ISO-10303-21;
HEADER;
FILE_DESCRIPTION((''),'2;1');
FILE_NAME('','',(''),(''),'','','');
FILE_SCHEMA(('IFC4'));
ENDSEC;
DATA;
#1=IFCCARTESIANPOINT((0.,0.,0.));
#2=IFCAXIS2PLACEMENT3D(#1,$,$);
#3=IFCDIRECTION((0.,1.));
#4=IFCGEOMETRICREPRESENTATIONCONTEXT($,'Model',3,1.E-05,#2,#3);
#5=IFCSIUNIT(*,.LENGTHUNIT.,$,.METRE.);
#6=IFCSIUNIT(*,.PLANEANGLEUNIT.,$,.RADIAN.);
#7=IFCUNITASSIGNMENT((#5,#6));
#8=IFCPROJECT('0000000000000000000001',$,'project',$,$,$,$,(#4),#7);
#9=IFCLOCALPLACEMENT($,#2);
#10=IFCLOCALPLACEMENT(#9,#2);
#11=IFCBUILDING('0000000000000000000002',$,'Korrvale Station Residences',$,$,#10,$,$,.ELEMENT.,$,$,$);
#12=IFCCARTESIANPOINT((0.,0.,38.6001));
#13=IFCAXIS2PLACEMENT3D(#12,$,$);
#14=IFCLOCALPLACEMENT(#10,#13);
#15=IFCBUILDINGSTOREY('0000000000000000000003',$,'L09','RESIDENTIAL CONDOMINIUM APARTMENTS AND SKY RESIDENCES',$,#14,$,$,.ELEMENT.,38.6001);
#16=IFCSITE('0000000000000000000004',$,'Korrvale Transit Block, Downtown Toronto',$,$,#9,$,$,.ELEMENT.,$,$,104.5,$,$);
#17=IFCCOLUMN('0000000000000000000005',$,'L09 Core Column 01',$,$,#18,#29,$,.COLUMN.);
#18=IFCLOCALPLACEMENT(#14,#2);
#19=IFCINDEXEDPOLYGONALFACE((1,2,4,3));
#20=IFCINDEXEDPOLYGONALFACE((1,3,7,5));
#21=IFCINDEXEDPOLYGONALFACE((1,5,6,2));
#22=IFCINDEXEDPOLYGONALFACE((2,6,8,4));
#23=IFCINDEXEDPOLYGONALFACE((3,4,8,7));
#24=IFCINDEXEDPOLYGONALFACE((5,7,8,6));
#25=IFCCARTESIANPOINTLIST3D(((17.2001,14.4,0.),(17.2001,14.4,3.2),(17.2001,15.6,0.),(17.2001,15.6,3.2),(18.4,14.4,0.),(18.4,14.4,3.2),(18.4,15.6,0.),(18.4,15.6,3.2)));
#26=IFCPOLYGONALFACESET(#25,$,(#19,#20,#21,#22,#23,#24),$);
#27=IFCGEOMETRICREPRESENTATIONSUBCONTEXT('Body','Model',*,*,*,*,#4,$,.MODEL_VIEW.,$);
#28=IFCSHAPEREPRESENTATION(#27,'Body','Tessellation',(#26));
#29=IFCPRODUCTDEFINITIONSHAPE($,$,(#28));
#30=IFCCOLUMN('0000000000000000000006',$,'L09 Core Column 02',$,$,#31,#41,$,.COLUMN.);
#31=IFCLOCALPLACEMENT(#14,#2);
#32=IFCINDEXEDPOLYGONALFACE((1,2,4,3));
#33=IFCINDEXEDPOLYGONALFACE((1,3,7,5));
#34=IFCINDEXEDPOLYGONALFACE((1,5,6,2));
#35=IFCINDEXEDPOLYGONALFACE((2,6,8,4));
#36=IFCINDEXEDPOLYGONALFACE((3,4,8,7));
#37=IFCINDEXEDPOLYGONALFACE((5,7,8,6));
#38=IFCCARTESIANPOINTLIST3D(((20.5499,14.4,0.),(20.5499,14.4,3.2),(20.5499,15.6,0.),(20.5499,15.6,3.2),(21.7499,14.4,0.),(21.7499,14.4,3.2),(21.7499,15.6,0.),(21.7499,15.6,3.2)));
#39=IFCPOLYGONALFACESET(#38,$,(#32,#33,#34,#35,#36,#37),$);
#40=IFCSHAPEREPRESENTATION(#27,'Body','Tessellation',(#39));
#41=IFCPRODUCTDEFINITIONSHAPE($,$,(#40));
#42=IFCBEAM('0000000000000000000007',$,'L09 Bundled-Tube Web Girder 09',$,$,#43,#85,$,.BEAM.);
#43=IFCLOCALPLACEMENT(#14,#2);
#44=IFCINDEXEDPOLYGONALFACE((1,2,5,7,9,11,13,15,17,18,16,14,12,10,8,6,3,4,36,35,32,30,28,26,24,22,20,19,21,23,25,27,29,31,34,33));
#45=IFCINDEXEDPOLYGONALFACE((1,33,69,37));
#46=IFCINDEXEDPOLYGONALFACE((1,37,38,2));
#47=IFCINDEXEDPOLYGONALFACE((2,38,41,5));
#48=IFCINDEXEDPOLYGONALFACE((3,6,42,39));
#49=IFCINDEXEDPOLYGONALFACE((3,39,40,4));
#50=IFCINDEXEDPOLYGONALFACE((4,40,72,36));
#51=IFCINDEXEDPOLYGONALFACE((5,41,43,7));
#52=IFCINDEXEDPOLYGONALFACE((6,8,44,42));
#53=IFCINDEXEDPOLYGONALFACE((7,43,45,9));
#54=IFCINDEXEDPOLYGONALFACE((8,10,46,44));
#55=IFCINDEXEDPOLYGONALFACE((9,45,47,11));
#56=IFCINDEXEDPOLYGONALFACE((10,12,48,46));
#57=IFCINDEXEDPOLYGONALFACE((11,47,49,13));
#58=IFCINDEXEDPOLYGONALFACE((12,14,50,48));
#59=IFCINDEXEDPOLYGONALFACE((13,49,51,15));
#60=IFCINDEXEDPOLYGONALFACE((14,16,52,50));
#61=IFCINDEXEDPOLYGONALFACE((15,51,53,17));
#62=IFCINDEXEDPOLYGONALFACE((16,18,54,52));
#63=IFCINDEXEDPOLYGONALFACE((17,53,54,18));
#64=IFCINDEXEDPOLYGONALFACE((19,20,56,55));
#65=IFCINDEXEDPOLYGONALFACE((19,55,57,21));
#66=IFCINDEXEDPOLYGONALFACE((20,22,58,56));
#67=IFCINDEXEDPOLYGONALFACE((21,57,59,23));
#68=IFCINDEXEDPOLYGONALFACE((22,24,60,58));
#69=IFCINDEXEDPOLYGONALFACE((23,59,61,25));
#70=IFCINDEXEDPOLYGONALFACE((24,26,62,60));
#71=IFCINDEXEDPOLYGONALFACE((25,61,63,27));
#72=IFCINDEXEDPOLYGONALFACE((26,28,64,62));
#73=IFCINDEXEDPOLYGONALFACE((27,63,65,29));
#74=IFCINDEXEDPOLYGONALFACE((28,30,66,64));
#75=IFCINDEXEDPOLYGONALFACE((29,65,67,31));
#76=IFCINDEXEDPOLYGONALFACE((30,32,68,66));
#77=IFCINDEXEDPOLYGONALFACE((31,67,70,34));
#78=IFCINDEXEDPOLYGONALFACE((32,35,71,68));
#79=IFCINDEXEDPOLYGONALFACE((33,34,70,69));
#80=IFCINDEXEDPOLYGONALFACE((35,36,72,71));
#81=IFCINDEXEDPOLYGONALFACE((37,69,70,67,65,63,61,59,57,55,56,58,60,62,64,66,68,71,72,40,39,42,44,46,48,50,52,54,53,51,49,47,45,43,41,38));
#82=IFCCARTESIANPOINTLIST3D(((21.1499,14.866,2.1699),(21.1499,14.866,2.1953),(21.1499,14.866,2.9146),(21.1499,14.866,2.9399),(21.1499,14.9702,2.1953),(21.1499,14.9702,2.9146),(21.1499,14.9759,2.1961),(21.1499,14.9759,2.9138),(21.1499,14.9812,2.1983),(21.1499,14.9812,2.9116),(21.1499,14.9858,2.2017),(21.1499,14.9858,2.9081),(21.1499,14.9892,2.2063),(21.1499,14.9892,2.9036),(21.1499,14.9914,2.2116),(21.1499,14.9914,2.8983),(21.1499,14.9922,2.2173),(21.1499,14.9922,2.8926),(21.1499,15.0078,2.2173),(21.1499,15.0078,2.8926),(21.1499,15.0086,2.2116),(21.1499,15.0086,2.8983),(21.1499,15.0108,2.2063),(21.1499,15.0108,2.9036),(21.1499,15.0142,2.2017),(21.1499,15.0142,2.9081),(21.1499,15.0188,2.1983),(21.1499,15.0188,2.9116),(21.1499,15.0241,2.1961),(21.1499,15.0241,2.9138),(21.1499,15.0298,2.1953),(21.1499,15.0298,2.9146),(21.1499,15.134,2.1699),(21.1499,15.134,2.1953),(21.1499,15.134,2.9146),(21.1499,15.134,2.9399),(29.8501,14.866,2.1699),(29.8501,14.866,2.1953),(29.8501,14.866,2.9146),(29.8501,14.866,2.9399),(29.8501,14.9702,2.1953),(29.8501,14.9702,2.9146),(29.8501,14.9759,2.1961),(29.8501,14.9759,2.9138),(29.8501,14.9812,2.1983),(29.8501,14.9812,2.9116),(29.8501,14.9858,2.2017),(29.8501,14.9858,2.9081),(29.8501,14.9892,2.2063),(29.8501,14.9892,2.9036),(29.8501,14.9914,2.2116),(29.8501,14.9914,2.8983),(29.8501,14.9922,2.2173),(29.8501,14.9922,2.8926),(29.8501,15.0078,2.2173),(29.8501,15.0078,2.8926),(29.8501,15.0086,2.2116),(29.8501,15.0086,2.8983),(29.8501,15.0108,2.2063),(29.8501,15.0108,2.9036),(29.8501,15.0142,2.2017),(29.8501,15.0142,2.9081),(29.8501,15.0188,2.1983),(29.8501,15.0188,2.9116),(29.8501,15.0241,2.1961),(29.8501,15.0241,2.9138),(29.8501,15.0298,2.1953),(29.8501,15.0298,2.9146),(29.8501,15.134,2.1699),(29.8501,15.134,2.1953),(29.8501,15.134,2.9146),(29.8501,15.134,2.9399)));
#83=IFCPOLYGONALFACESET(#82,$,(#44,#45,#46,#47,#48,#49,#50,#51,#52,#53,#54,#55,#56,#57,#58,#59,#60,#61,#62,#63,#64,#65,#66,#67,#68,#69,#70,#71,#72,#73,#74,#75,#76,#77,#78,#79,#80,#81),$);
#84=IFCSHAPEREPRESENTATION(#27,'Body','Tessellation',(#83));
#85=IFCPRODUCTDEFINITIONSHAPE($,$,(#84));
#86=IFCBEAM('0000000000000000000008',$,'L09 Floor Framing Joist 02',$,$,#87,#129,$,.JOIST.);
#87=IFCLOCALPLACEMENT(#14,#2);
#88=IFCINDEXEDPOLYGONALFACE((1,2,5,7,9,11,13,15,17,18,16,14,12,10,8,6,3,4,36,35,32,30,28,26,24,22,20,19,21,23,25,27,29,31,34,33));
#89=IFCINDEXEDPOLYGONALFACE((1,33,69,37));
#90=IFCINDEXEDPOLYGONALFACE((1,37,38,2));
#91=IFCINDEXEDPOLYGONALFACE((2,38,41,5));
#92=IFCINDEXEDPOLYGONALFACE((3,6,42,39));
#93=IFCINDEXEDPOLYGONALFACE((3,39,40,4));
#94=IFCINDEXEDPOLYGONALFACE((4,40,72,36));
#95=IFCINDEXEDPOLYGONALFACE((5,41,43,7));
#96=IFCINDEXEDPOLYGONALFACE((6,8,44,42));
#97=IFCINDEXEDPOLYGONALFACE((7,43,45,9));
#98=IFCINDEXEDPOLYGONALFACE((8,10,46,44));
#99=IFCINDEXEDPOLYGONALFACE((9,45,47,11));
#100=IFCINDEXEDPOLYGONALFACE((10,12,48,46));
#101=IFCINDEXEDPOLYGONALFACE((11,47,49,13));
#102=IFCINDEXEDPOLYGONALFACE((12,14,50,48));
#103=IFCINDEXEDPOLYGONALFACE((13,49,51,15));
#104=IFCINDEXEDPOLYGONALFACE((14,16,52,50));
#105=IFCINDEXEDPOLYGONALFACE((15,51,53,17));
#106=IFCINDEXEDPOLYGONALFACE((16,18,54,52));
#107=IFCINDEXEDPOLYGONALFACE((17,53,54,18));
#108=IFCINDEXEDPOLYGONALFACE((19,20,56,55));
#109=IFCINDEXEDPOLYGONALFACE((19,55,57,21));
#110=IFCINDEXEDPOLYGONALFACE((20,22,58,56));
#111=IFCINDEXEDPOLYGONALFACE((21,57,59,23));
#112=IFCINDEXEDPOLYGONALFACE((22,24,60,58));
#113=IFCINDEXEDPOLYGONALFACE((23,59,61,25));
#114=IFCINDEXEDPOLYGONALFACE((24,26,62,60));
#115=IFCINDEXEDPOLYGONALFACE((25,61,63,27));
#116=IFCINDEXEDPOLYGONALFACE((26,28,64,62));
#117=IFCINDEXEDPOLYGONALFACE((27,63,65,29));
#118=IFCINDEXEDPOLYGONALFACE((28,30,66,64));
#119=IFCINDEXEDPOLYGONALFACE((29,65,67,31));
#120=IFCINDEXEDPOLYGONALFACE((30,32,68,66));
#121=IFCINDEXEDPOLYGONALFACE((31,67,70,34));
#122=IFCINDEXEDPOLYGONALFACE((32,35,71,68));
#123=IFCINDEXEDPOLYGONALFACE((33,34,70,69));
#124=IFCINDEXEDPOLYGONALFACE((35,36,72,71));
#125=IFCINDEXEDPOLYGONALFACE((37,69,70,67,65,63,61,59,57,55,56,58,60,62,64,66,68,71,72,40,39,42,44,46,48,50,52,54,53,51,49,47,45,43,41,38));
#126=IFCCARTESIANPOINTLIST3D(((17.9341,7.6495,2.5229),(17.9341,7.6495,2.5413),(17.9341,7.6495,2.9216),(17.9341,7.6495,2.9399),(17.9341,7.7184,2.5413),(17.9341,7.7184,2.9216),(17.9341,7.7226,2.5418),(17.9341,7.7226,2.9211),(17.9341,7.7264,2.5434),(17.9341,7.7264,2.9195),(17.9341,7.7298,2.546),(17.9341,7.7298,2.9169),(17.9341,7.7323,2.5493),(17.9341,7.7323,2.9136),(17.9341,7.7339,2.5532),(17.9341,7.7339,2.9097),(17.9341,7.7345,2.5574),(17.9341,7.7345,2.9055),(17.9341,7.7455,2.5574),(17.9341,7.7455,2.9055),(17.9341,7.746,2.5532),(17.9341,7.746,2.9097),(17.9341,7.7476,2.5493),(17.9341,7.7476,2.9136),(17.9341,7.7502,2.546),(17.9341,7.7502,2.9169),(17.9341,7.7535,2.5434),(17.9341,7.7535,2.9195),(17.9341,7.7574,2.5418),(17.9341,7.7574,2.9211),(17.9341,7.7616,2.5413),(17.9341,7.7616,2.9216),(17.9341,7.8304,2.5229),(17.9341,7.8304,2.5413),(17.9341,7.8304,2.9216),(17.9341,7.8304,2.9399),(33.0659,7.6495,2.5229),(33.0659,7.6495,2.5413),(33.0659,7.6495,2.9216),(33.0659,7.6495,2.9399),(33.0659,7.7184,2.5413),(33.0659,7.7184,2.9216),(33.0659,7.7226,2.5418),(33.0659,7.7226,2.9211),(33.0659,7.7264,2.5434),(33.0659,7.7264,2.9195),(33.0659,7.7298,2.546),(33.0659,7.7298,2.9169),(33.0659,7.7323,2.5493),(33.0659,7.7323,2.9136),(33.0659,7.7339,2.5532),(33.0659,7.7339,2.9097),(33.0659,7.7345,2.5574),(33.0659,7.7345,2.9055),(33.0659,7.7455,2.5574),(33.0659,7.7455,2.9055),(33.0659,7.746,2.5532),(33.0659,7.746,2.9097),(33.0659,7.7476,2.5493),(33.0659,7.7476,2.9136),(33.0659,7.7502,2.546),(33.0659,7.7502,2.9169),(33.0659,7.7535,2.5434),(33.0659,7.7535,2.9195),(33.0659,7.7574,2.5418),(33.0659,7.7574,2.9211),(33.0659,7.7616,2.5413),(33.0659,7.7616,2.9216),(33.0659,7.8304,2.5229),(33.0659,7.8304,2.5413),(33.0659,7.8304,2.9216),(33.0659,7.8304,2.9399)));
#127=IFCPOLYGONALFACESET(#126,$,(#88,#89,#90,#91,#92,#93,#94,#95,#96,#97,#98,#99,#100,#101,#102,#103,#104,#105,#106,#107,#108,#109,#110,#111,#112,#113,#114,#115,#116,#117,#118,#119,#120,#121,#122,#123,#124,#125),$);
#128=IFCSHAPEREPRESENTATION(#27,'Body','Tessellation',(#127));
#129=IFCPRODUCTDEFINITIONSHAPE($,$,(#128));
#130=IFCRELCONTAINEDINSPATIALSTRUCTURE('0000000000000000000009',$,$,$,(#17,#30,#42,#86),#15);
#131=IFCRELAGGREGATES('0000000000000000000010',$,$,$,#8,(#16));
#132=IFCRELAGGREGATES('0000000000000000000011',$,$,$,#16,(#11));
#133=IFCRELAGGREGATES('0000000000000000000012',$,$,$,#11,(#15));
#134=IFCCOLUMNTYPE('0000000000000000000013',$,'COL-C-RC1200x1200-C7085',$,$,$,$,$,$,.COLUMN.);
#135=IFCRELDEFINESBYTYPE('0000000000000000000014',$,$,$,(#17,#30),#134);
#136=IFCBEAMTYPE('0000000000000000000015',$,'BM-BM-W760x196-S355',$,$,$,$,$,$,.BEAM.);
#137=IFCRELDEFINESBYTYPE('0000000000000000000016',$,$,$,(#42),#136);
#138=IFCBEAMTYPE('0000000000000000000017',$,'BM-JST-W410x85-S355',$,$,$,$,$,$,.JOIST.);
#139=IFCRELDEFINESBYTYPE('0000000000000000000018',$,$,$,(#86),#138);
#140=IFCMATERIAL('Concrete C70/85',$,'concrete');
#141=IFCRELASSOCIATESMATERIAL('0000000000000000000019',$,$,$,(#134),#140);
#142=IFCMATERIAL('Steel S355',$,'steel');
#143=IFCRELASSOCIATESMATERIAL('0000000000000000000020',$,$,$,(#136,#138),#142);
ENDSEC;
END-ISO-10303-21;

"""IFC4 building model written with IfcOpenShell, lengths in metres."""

from ifc_helpers import new_model, si_unit, direction, frame, origin, origin_2d, place, context, subcontext, project, spatial, rectangle, i_section, extrude, material, material_profile, profile_set, type_object, element, save


model = new_model("IFC4")

# Units and contexts
model_context = context("Model", 3, precision=1e-05, world=origin(), true_north=direction((0.0, 1.0)))
body_context = subcontext(model_context, "Body", "Model", "MODEL_VIEW")
ifc_project = project(units=[si_unit("LENGTHUNIT", "METRE"), si_unit("PLANEANGLEUNIT", "RADIAN")], contexts=[model_context])

# Site, building, storey
site_placement = place(None, origin())
site = spatial("IfcSite", under=ifc_project, at=site_placement, Name="Korrvale Transit Block, Downtown Toronto", CompositionType="ELEMENT", RefElevation=104.5)
building_placement = place(site_placement, origin())
building = spatial("IfcBuilding", under=site, at=building_placement, Name="Korrvale Station Residences", CompositionType="ELEMENT")
storey_placement = place(building_placement, frame((0.0, 0.0, 38.6001)))
storey = spatial("IfcBuildingStorey", under=building, at=storey_placement, Name="L09", Description="RESIDENTIAL CONDOMINIUM APARTMENTS AND SKY RESIDENCES", CompositionType="ELEMENT", Elevation=38.6001)

# Columns
ifc_material_1 = material(Name="Concrete C70/85", Category="concrete")
ifc_material_profile_1 = material_profile(ifc_material_1, rectangle(XDim=1.2, YDim=1.2, at=origin_2d()), Name="RC1200x1200")
ifc_profile_set_1 = profile_set([ifc_material_profile_1], Name="Concrete C70/85")
column_type = type_object("IfcColumnType", Name="COL-C-RC1200x1200-C7085", PredefinedType="COLUMN", material=ifc_profile_set_1)
for number, where, z_axis, x_axis, name in (
    (1, (17.8, 15.0, 0.0), (0.0, 0.0, 1.0), (1.0, 0.0, 0.0), "L09 Core Column 01"),
    (2, (21.1499, 15.0, 0.0), (0.0, 0.0, 1.0), (1.0, 0.0, 0.0), "L09 Core Column 02"),
):
    element("IfcColumn", number, at=place(storey_placement, frame(where, z_axis=z_axis, x_axis=x_axis)), inside=storey, type_object=column_type, Name=name, PredefinedType="COLUMN", context=body_context, shape_type="SweptSolid", body=[
        extrude(rectangle(XDim=1.2, YDim=1.2, at=origin_2d()), origin(), (0.0, 0.0, 1.0), 3.2),
    ])

# Beams
ifc_material_2 = material(Name="Steel S355", Category="steel")
ifc_material_profile_2 = material_profile(ifc_material_2, i_section(OverallWidth=0.2681, OverallDepth=0.77, WebThickness=0.0156, FlangeThickness=0.0254, FilletRadius=0.022, at=origin_2d()), Name="W760x196")
ifc_profile_set_2 = profile_set([ifc_material_profile_2], Name="Steel S355")
beam_type_1 = type_object("IfcBeamType", Name="BM-BM-W760x196-S355", PredefinedType="BEAM", material=ifc_profile_set_2)
beam_1_placement = place(storey_placement, frame((21.1499, 15.0, 2.5549), z_axis=(1.0, 0.0, 0.0), x_axis=(0.0, 1.0, 0.0)))
element("IfcBeam", 3, at=beam_1_placement, inside=storey, type_object=beam_type_1, Name="L09 Bundled-Tube Web Girder 09", PredefinedType="BEAM", context=body_context, shape_type="SweptSolid", body=[
    extrude(i_section(OverallWidth=0.2681, OverallDepth=0.77, WebThickness=0.0156, FlangeThickness=0.0254, FilletRadius=0.022, at=origin_2d()), origin(), (0.0, 0.0, 1.0), 8.7002),
])
ifc_material_profile_3 = material_profile(ifc_material_2, i_section(OverallWidth=0.1809, OverallDepth=0.417, WebThickness=0.011, FlangeThickness=0.0183, FilletRadius=0.0161, at=origin_2d()), Name="W410x85")
ifc_profile_set_3 = profile_set([ifc_material_profile_3], Name="Steel S355")
beam_type_2 = type_object("IfcBeamType", Name="BM-JST-W410x85-S355", PredefinedType="JOIST", material=ifc_profile_set_3)
beam_2_placement = place(storey_placement, frame((17.9341, 7.74, 2.7314), z_axis=(1.0, 0.0, 0.0), x_axis=(0.0, 1.0, 0.0)))
element("IfcBeam", 4, at=beam_2_placement, inside=storey, type_object=beam_type_2, Name="L09 Floor Framing Joist 02", PredefinedType="JOIST", context=body_context, shape_type="SweptSolid", body=[
    extrude(i_section(OverallWidth=0.1809, OverallDepth=0.417, WebThickness=0.011, FlangeThickness=0.0183, FilletRadius=0.0161, at=origin_2d()), origin(), (0.0, 0.0, 1.0), 15.1318),
])

save(model, "model.ifc")
